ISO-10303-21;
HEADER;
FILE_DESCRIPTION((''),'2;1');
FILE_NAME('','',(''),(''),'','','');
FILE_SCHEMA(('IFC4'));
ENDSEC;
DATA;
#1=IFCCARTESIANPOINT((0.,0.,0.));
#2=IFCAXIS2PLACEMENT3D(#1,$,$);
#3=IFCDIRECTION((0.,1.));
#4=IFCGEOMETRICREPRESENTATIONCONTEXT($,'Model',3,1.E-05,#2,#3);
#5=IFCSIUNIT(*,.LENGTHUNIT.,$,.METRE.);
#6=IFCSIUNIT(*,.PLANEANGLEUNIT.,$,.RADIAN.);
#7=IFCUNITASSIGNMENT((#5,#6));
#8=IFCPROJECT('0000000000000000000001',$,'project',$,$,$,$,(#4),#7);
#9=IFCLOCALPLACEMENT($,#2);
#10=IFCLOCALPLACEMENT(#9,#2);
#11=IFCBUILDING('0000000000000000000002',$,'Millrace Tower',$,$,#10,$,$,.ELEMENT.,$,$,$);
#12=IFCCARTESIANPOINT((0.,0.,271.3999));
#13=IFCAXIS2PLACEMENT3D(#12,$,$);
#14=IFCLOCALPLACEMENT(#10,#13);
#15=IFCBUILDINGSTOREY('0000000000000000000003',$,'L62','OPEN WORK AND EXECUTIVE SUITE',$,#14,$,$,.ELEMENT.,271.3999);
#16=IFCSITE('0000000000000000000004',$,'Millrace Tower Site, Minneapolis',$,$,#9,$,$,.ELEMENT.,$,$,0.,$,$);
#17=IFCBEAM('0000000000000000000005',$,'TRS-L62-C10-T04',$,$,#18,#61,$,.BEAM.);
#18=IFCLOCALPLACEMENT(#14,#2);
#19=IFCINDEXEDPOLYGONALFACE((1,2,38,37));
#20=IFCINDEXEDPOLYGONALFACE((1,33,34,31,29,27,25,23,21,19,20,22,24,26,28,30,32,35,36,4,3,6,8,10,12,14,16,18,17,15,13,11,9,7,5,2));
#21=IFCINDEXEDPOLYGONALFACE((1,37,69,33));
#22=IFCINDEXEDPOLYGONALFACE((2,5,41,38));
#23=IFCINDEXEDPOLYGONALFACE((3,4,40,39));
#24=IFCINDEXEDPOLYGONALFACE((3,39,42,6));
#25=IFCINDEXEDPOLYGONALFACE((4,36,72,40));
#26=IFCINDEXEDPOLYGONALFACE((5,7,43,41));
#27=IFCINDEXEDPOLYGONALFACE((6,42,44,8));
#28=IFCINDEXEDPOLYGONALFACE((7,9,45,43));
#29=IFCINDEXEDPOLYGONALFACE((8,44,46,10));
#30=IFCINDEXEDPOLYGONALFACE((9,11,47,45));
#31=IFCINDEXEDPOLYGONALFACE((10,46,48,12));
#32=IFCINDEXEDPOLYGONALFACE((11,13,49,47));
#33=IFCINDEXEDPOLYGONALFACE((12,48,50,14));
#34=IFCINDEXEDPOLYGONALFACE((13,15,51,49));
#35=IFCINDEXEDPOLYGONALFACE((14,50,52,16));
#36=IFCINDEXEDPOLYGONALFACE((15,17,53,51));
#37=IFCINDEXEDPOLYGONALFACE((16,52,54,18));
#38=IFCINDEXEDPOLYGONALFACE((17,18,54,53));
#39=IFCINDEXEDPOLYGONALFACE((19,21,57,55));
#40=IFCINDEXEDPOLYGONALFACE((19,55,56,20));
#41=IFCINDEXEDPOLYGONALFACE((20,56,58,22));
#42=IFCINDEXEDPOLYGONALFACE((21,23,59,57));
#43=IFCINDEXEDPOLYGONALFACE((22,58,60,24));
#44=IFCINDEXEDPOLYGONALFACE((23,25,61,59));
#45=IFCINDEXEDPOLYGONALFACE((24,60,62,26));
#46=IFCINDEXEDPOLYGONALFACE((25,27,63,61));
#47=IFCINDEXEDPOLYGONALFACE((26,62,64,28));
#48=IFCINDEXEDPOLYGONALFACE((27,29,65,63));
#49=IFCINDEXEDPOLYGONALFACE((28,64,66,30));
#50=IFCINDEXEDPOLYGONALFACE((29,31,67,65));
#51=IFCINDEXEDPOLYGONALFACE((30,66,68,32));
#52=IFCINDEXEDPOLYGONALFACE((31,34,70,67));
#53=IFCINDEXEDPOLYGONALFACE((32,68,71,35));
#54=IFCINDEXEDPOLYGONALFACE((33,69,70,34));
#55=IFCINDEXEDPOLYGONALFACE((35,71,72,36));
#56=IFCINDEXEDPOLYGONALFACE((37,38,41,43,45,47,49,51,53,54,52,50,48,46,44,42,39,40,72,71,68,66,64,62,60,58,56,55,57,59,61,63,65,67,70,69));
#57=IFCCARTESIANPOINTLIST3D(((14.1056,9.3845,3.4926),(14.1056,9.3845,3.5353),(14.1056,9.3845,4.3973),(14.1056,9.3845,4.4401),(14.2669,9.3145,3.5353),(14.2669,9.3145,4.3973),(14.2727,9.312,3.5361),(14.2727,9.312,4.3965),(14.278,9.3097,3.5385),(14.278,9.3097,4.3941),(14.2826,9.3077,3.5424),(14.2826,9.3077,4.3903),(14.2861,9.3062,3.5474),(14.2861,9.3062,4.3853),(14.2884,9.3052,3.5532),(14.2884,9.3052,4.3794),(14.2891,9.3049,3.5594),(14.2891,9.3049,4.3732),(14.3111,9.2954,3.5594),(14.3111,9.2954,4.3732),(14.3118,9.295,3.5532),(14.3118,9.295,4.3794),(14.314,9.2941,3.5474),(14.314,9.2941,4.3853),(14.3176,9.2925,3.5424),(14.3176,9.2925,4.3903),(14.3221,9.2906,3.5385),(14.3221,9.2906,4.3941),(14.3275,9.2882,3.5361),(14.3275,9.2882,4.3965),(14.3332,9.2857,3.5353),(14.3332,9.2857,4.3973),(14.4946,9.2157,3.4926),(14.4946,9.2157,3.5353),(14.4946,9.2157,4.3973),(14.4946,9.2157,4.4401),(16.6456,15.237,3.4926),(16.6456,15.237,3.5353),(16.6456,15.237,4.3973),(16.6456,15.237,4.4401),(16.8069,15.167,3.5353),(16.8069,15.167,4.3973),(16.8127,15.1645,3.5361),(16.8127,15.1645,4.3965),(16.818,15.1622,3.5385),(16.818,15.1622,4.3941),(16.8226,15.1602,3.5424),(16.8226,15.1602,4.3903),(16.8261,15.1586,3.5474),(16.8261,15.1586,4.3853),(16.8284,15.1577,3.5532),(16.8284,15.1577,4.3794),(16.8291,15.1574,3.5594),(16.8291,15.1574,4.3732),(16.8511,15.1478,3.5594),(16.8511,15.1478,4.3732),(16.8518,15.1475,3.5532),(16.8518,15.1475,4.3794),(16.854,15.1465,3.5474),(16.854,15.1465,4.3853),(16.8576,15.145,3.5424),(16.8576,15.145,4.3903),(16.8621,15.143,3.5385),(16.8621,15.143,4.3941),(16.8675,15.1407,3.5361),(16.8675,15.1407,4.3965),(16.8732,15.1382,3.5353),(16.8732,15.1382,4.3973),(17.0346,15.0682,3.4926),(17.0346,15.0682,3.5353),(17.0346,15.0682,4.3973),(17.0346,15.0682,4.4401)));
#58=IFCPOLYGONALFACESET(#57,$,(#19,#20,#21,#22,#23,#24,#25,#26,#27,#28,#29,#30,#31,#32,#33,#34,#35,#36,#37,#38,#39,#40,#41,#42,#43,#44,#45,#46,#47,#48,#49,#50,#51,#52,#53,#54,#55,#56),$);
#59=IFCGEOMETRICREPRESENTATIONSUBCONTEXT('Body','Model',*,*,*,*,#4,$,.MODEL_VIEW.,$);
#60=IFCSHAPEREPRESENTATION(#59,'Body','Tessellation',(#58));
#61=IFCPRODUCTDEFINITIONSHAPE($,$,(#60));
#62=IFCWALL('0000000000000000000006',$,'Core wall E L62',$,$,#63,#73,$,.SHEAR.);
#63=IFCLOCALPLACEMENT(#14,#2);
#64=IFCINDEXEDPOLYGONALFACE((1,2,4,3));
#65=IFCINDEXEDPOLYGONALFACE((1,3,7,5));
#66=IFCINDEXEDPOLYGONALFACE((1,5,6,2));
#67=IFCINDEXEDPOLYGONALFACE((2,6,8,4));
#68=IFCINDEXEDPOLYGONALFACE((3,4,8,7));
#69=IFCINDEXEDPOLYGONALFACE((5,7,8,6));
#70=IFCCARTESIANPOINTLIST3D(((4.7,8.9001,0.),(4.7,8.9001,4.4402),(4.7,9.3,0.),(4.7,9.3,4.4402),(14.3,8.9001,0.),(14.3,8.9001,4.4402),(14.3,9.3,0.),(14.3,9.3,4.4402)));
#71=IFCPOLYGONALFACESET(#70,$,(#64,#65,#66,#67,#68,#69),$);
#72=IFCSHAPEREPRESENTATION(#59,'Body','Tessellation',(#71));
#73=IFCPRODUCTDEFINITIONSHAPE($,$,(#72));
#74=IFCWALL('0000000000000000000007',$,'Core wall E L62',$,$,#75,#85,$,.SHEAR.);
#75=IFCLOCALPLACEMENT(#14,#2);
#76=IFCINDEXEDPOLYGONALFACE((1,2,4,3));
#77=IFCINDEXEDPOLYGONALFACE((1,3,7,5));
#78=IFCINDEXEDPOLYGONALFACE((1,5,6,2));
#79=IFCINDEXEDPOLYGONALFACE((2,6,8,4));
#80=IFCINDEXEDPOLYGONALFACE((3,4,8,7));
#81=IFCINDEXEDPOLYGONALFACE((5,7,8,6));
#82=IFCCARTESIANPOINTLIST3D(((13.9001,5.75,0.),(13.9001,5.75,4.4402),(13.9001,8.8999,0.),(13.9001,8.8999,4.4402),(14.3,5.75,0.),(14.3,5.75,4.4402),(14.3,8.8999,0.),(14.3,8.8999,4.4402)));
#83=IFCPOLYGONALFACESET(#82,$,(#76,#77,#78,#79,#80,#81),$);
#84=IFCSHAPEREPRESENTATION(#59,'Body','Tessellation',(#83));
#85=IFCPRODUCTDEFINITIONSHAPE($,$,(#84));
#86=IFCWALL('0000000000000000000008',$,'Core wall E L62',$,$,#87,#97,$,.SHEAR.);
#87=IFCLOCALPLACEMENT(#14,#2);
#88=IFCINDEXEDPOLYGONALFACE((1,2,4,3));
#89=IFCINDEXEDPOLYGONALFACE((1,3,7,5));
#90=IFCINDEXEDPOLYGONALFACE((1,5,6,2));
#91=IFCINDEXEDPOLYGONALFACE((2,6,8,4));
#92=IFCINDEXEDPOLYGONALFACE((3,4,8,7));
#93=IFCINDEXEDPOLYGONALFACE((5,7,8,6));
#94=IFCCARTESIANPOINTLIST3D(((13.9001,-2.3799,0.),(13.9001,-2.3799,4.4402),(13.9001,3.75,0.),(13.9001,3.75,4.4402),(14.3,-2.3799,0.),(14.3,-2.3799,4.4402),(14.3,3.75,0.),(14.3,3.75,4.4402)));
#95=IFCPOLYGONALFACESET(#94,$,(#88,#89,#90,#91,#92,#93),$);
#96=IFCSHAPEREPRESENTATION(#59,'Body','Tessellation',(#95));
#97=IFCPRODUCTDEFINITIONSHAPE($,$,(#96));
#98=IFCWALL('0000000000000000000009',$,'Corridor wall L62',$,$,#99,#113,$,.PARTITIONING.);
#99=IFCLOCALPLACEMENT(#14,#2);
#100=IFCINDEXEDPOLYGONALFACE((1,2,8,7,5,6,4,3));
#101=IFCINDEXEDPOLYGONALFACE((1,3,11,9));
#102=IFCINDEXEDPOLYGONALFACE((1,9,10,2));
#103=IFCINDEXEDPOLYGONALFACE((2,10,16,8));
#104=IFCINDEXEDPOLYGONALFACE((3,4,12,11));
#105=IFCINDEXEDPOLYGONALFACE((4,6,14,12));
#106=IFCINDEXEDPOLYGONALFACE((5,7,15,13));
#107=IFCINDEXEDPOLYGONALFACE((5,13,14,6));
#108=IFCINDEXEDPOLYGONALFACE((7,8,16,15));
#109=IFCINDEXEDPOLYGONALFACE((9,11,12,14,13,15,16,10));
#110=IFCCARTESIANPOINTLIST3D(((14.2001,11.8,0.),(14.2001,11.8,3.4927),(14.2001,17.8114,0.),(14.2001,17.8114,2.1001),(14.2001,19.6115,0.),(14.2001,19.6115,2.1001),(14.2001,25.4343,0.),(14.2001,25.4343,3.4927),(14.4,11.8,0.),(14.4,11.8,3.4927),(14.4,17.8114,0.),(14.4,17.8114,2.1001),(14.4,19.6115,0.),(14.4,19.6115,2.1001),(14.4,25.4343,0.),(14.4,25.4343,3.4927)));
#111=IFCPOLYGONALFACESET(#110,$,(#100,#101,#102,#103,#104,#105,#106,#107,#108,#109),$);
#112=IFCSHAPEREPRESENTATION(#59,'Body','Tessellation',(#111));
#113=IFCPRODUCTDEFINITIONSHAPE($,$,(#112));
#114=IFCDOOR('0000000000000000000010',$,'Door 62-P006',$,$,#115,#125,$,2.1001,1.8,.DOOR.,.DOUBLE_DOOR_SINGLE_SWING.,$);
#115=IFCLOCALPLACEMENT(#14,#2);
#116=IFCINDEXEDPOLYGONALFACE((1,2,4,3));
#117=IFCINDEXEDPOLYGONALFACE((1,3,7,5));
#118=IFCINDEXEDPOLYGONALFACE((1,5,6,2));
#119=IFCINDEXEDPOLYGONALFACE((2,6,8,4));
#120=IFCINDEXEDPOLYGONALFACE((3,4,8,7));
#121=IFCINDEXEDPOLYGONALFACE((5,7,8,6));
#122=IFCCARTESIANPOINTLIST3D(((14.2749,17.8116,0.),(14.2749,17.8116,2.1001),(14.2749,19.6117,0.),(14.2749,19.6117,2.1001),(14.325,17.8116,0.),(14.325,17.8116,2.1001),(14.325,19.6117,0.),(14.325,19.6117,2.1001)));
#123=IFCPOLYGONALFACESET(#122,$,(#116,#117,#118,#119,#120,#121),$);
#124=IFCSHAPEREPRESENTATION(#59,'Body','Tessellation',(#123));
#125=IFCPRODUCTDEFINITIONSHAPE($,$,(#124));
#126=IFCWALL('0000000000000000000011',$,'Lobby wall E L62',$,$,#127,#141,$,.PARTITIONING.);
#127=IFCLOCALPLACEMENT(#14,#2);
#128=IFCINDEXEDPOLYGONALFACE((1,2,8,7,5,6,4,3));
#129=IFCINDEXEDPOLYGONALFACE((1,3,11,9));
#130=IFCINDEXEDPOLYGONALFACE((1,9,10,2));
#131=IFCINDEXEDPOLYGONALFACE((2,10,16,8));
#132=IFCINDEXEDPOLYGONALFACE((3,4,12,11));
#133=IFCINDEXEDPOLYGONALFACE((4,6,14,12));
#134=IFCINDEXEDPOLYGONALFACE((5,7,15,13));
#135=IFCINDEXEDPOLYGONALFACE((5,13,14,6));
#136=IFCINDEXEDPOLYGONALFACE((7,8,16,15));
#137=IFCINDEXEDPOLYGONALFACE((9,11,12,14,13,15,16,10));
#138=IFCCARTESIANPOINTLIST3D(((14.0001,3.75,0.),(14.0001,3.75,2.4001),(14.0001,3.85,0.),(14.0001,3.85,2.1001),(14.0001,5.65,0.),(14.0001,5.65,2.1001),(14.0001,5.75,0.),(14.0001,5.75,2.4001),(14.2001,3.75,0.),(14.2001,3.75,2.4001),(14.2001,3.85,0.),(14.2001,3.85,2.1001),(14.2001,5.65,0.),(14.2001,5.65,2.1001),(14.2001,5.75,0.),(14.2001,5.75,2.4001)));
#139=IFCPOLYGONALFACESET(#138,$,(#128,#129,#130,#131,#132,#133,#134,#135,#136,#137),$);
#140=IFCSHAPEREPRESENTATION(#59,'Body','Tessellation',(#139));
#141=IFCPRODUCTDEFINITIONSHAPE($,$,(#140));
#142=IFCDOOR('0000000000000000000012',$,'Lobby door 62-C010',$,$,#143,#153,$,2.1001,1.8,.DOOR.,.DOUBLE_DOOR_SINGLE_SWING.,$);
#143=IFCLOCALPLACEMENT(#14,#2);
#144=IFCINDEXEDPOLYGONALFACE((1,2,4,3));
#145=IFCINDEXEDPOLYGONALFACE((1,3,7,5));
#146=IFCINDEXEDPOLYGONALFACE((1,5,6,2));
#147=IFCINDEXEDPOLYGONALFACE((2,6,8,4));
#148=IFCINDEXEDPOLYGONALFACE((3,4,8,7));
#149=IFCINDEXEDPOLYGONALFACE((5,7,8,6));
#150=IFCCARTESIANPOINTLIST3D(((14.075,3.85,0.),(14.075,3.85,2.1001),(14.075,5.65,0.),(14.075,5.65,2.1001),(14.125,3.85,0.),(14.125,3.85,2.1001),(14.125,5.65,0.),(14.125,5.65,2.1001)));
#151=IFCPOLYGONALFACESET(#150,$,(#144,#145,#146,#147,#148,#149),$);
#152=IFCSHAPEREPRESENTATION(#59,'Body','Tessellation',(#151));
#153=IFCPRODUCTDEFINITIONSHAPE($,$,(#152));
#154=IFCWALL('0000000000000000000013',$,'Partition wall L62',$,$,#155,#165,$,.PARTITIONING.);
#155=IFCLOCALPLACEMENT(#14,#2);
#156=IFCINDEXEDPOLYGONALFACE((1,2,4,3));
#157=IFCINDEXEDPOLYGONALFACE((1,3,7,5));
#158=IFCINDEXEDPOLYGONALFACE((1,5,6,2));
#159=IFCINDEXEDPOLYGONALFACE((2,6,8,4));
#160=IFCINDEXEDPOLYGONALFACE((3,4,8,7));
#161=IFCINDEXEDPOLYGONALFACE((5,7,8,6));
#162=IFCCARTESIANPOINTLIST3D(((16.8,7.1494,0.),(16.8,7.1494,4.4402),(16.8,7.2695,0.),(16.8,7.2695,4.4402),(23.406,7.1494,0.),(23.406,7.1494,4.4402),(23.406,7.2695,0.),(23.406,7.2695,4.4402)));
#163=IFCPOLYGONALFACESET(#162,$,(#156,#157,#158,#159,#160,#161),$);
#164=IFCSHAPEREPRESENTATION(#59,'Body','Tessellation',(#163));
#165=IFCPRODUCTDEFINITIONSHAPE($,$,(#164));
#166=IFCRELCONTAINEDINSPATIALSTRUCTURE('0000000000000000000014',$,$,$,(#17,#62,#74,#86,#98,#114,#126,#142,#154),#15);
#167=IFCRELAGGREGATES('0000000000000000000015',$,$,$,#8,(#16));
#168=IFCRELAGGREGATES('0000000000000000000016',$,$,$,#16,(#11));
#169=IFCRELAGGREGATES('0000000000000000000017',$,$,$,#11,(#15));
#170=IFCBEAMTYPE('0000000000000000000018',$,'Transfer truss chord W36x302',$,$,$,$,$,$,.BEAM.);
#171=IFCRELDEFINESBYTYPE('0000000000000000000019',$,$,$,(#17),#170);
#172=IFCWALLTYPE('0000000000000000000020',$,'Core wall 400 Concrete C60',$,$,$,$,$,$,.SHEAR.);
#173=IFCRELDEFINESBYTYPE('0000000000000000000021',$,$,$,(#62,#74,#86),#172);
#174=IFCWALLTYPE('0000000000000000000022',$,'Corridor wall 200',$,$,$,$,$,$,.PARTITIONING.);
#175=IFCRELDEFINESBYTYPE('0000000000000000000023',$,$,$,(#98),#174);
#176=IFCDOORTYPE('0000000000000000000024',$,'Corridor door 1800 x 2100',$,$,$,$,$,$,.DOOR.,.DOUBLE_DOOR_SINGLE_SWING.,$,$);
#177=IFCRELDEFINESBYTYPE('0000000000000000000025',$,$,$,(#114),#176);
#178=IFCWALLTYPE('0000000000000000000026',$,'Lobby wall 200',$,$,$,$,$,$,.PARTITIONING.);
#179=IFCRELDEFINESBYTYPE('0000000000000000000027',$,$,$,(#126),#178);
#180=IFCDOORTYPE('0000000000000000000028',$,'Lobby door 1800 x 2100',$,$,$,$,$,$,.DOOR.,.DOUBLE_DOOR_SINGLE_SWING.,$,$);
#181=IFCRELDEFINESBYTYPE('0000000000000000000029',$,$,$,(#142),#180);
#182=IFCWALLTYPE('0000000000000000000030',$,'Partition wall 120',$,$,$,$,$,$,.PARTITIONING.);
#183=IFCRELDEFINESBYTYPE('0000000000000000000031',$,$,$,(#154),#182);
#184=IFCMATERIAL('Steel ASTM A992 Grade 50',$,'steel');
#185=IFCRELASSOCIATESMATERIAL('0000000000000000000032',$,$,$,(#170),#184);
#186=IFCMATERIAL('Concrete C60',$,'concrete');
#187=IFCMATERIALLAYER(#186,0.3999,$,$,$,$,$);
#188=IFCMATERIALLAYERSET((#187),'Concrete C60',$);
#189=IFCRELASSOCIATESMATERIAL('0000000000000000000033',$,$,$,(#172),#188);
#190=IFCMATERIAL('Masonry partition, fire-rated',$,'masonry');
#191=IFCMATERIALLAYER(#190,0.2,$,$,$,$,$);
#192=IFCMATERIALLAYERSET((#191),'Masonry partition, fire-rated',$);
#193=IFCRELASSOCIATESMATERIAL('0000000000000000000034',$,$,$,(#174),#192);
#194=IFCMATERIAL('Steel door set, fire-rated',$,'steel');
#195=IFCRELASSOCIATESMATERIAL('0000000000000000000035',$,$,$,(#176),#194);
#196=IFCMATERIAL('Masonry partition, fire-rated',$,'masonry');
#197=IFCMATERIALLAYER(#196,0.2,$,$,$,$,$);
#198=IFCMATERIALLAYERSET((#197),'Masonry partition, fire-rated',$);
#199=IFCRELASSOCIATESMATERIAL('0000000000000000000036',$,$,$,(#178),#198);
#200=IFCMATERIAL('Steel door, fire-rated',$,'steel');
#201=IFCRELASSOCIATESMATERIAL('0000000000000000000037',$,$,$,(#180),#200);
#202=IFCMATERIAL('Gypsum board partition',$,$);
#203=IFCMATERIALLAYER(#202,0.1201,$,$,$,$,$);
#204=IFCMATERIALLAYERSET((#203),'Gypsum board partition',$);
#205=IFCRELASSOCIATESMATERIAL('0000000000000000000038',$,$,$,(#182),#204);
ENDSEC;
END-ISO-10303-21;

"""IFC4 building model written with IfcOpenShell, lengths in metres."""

from ifc_helpers import new_model, si_unit, direction, frame, frame_2d, origin, origin_2d, place, context, subcontext, project, spatial, rectangle, i_section, extrude, material, layer, layer_set, material_profile, profile_set, type_object, element, fill, save


model = new_model("IFC4")

# Units and contexts
model_context = context("Model", 3, precision=1e-05, world=origin(), true_north=direction((0.0, 1.0)))
body_context = subcontext(model_context, "Body", "Model", "MODEL_VIEW")
ifc_project = project(units=[si_unit("LENGTHUNIT", "METRE"), si_unit("PLANEANGLEUNIT", "RADIAN")], contexts=[model_context])

# Site, building, storey
site_placement = place(None, origin())
site = spatial("IfcSite", under=ifc_project, at=site_placement, Name="Millrace Tower Site, Minneapolis", CompositionType="ELEMENT", RefElevation=0.0)
building_placement = place(site_placement, origin())
building = spatial("IfcBuilding", under=site, at=building_placement, Name="Millrace Tower", CompositionType="ELEMENT")
storey_placement = place(building_placement, frame((0.0, 0.0, 271.3999)))
storey = spatial("IfcBuildingStorey", under=building, at=storey_placement, Name="L62", Description="OPEN WORK AND EXECUTIVE SUITE", CompositionType="ELEMENT", Elevation=271.3999)

# Beam
ifc_material_1 = material(Name="Steel ASTM A992 Grade 50", Category="steel")
ifc_material_profile_1 = material_profile(ifc_material_1, i_section(OverallWidth=0.4241, OverallDepth=0.9475, WebThickness=0.0239, FlangeThickness=0.0427, FilletRadius=0.0242, at=origin_2d()))
ifc_profile_set_1 = profile_set([ifc_material_profile_1], Name="Steel ASTM A992 Grade 50")
beam_type_1 = type_object("IfcBeamType", Name="Transfer truss chord W36x302", PredefinedType="BEAM", material=ifc_profile_set_1)
for number, where, z_axis, x_axis, name in (
    (1, (16.8401, 15.1526, 3.9663), (-0.398127, -0.91733, 0.0), (0.91733, -0.398127, 0.0), "TRS-L62-C10-T04"),
):
    element("IfcBeam", number, at=place(storey_placement, frame(where, z_axis=z_axis, x_axis=x_axis)), inside=storey, type_object=beam_type_1, Name=name, PredefinedType="BEAM", context=body_context, shape_type="SweptSolid", body=[
        extrude(i_section(OverallWidth=0.4241, OverallDepth=0.9475, WebThickness=0.0239, FlangeThickness=0.0427, FilletRadius=0.0242, at=origin_2d()), origin(), (0.0, 0.0, 1.0), 6.3799),
    ])

# Walls
ifc_material_2 = material(Name="Concrete C60", Category="concrete")
ifc_layer_1 = layer(ifc_material_2, 0.3999)
ifc_layer_set_1 = layer_set([ifc_layer_1], Name="Concrete C60")
wall_type_1 = type_object("IfcWallType", Name="Core wall 400 Concrete C60", PredefinedType="SHEAR", material=ifc_layer_set_1)
wall_1_placement = place(storey_placement, frame((14.3, 9.1001, 0.0), z_axis=(0.0, 0.0, 1.0), x_axis=(-1.0, 0.0, 0.0)))
element("IfcWall", 2, at=wall_1_placement, inside=storey, type_object=wall_type_1, Name="Core wall E L62", PredefinedType="SHEAR", context=body_context, shape_type="SweptSolid", body=[
    extrude(rectangle(XDim=9.6001, YDim=0.3999, at=frame_2d((4.8, 0.0))), origin(), (0.0, 0.0, 1.0), 4.4402),
])
wall_2_placement = place(storey_placement, frame((14.1001, 8.8999, 0.0), z_axis=(0.0, 0.0, 1.0), x_axis=(0.0, -1.0, 0.0)))
element("IfcWall", 3, at=wall_2_placement, inside=storey, type_object=wall_type_1, Name="Core wall E L62", PredefinedType="SHEAR", context=body_context, shape_type="SweptSolid", body=[
    extrude(rectangle(XDim=3.1499, YDim=0.3999, at=frame_2d((1.575, 0.0))), origin(), (0.0, 0.0, 1.0), 4.4402),
])
wall_3_placement = place(storey_placement, frame((14.1001, 3.75, 0.0), z_axis=(0.0, 0.0, 1.0), x_axis=(0.0, -1.0, 0.0)))
element("IfcWall", 4, at=wall_3_placement, inside=storey, type_object=wall_type_1, Name="Core wall E L62", PredefinedType="SHEAR", context=body_context, shape_type="SweptSolid", body=[
    extrude(rectangle(XDim=6.1299, YDim=0.3999, at=frame_2d((3.0649, 0.0))), origin(), (0.0, 0.0, 1.0), 4.4402),
])

# Walls, openings, doors
ifc_material_3 = material(Name="Masonry partition, fire-rated", Category="masonry")
ifc_layer_2 = layer(ifc_material_3, 0.2)
ifc_layer_set_2 = layer_set([ifc_layer_2], Name="Masonry partition, fire-rated")
wall_type_2 = type_object("IfcWallType", Name="Corridor wall 200", PredefinedType="PARTITIONING", material=ifc_layer_set_2)
wall_4_placement = place(storey_placement, frame((14.3, 11.8, 0.0), z_axis=(0.0, 0.0, 1.0), x_axis=(0.0, 1.0, 0.0)))
wall_4 = element("IfcWall", 5, at=wall_4_placement, inside=storey, type_object=wall_type_2, Name="Corridor wall L62", PredefinedType="PARTITIONING", context=body_context, shape_type="SweptSolid", body=[
    extrude(rectangle(XDim=13.6343, YDim=0.2, at=frame_2d((6.8171, 0.0))), origin(), (0.0, 0.0, 1.0), 3.4927),
])
opening_1_placement = place(wall_4_placement, frame((6.0115, 0.0, 0.0)))
opening_1 = element("IfcOpeningElement", 6, at=opening_1_placement, cuts=wall_4, PredefinedType="OPENING", context=body_context, shape_type="SweptSolid", body=[
    extrude(rectangle(XDim=1.8, YDim=2.1001, at=frame_2d((0.8999, 1.05))), frame((0.0, 0.1099, 0.0), z_axis=(0.0, -1.0, 0.0), x_axis=(1.0, 0.0, 0.0)), (0.0, 0.0, 1.0), 0.22),
])
ifc_material_4 = material(Name="Steel door set, fire-rated", Category="steel")
door_type_1 = type_object("IfcDoorType", Name="Corridor door 1800 x 2100", OperationType="DOUBLE_DOOR_SINGLE_SWING", PredefinedType="DOOR", material=ifc_material_4)
door_1_placement = place(opening_1_placement, frame((1.8, 0.0, 0.0), z_axis=(0.0, 0.0, 1.0), x_axis=(-1.0, 0.0, 0.0)))
door_1 = element("IfcDoor", 7, at=door_1_placement, inside=storey, type_object=door_type_1, Name="Door 62-P006", OperationType="DOUBLE_DOOR_SINGLE_SWING", OverallHeight=2.1001, OverallWidth=1.8, PredefinedType="DOOR", context=body_context, shape_type="SweptSolid", body=[
    extrude(rectangle(XDim=1.8, YDim=2.1001, at=frame_2d((0.8999, 1.05))), frame((0.0, 0.0249, 0.0), z_axis=(0.0, -1.0, 0.0), x_axis=(1.0, 0.0, 0.0)), (0.0, 0.0, 1.0), 0.05),
])
fill(opening_1, door_1)
ifc_material_5 = material(Name="Masonry partition, fire-rated", Category="masonry")
ifc_layer_3 = layer(ifc_material_5, 0.2)
ifc_layer_set_3 = layer_set([ifc_layer_3], Name="Masonry partition, fire-rated")
wall_type_3 = type_object("IfcWallType", Name="Lobby wall 200", PredefinedType="PARTITIONING", material=ifc_layer_set_3)
wall_5_placement = place(storey_placement, frame((14.1001, 5.75, 0.0), z_axis=(0.0, 0.0, 1.0), x_axis=(0.0, -1.0, 0.0)))
wall_5 = element("IfcWall", 8, at=wall_5_placement, inside=storey, type_object=wall_type_3, Name="Lobby wall E L62", PredefinedType="PARTITIONING", context=body_context, shape_type="SweptSolid", body=[
    extrude(rectangle(XDim=2.0, YDim=0.2, at=frame_2d((1.0, 0.0))), origin(), (0.0, 0.0, 1.0), 2.4001),
])
opening_2_placement = place(wall_5_placement, frame((0.1001, 0.0, 0.0)))
opening_2 = element("IfcOpeningElement", 9, at=opening_2_placement, cuts=wall_5, PredefinedType="OPENING", context=body_context, shape_type="SweptSolid", body=[
    extrude(rectangle(XDim=1.8, YDim=2.1001, at=frame_2d((0.8999, 1.05))), frame((0.0, 0.1099, 0.0), z_axis=(0.0, -1.0, 0.0), x_axis=(1.0, 0.0, 0.0)), (0.0, 0.0, 1.0), 0.22),
])
ifc_material_6 = material(Name="Steel door, fire-rated", Category="steel")
door_type_2 = type_object("IfcDoorType", Name="Lobby door 1800 x 2100", OperationType="DOUBLE_DOOR_SINGLE_SWING", PredefinedType="DOOR", material=ifc_material_6)
door_2_placement = place(opening_2_placement, origin())
door_2 = element("IfcDoor", 10, at=door_2_placement, inside=storey, type_object=door_type_2, Name="Lobby door 62-C010", OperationType="DOUBLE_DOOR_SINGLE_SWING", OverallHeight=2.1001, OverallWidth=1.8, PredefinedType="DOOR", context=body_context, shape_type="SweptSolid", body=[
    extrude(rectangle(XDim=1.8, YDim=2.1001, at=frame_2d((0.8999, 1.05))), frame((0.0, 0.0249, 0.0), z_axis=(0.0, -1.0, 0.0), x_axis=(1.0, 0.0, 0.0)), (0.0, 0.0, 1.0), 0.05),
])
fill(opening_2, door_2)

# Wall
ifc_material_7 = material(Name="Gypsum board partition")
ifc_layer_4 = layer(ifc_material_7, 0.1201)
ifc_layer_set_4 = layer_set([ifc_layer_4], Name="Gypsum board partition")
wall_type_4 = type_object("IfcWallType", Name="Partition wall 120", PredefinedType="PARTITIONING", material=ifc_layer_set_4)
wall_6_placement = place(storey_placement, frame((16.8, 7.2095, 0.0), z_axis=(0.0, 0.0, 1.0), x_axis=(1.0, 0.0, 0.0)))
element("IfcWall", 11, at=wall_6_placement, inside=storey, type_object=wall_type_4, Name="Partition wall L62", PredefinedType="PARTITIONING", context=body_context, shape_type="SweptSolid", body=[
    extrude(rectangle(XDim=6.606, YDim=0.1201, at=frame_2d((3.303, 0.0))), origin(), (0.0, 0.0, 1.0), 4.4402),
])

save(model, "model.ifc")
